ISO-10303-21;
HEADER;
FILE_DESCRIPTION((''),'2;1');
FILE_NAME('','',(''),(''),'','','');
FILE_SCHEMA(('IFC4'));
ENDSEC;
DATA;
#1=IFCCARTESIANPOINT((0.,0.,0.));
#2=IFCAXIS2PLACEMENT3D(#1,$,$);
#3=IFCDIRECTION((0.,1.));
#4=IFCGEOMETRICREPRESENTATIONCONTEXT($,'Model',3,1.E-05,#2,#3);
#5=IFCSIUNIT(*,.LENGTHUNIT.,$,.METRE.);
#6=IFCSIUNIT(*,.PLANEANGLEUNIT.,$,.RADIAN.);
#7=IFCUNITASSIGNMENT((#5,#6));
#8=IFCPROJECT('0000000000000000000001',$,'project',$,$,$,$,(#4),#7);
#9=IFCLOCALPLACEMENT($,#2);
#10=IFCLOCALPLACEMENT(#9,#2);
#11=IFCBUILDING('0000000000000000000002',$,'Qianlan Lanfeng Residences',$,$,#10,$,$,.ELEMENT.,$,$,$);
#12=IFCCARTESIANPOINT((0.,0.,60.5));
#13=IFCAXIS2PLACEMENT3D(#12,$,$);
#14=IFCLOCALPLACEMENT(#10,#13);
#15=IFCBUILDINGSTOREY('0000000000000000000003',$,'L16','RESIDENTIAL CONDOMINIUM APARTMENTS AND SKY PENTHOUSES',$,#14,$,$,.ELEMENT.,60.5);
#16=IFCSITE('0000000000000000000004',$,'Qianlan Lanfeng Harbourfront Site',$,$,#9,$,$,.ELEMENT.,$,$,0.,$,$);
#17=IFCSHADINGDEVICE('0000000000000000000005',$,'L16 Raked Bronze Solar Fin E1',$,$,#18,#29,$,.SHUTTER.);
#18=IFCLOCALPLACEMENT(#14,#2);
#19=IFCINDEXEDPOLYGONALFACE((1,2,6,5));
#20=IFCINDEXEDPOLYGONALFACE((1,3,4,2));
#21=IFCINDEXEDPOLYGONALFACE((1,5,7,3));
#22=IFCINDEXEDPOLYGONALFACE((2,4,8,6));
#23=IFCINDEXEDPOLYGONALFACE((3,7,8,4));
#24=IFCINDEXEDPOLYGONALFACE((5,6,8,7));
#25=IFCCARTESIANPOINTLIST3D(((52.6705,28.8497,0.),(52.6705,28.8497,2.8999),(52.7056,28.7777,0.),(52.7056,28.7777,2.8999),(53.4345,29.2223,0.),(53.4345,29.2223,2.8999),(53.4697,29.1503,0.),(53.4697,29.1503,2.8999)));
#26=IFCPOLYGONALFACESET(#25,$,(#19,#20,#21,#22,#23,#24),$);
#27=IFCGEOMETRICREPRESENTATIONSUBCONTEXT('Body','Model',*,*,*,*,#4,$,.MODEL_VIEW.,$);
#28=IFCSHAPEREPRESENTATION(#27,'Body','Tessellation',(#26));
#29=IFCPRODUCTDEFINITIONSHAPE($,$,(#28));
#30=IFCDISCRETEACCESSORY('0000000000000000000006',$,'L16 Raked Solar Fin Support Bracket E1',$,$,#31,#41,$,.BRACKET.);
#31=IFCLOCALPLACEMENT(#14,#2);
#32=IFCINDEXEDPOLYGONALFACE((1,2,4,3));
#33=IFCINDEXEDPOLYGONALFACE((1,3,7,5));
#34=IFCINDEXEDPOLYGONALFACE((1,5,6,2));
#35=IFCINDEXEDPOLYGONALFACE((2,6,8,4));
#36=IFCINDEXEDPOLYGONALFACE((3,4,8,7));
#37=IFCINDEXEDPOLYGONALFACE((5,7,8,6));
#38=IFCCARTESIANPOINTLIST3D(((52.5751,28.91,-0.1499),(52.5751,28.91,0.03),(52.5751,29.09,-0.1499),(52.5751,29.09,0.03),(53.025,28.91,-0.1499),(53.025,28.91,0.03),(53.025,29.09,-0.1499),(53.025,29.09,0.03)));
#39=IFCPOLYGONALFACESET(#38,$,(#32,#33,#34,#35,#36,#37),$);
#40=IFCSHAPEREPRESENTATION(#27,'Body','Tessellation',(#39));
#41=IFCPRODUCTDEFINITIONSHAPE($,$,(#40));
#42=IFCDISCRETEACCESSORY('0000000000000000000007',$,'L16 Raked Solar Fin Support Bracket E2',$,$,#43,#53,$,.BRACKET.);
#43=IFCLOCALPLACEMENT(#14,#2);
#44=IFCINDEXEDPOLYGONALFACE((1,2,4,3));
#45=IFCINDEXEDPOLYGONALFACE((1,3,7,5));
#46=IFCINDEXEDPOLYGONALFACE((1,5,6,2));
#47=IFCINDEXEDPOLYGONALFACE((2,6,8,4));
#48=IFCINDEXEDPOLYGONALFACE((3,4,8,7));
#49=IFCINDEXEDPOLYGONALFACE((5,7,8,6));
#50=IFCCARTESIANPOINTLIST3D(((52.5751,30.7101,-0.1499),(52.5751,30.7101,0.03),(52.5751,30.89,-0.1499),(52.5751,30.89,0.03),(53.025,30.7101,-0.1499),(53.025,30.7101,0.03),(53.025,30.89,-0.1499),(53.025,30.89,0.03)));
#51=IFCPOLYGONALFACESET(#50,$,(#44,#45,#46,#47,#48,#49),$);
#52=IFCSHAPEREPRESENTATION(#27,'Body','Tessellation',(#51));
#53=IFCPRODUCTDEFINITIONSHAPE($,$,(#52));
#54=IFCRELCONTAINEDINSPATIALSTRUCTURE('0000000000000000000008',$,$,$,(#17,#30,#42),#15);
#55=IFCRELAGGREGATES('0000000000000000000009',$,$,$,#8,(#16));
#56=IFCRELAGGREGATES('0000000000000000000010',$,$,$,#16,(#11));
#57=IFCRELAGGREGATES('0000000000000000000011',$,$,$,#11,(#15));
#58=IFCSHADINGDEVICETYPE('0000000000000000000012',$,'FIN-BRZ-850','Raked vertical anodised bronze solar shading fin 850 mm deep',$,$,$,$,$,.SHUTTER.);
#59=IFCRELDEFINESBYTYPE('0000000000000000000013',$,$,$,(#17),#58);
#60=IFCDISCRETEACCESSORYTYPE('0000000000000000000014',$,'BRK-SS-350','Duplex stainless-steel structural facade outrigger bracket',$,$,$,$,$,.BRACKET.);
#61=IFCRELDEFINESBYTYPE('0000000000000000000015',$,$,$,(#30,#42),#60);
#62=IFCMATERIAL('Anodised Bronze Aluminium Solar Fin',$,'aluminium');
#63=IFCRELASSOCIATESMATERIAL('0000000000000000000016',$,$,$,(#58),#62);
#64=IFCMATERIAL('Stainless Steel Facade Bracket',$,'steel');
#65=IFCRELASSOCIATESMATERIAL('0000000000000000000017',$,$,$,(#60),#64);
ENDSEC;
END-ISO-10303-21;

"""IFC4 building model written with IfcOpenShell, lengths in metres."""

from ifc_helpers import new_model, si_unit, direction, frame, origin, origin_2d, place, context, subcontext, project, spatial, rectangle, extrude, source, transform, mapped, material, type_object, element, save


model = new_model("IFC4")

# Units and contexts
model_context = context("Model", 3, precision=1e-05, world=origin(), true_north=direction((0.0, 1.0)))
body_context = subcontext(model_context, "Body", "Model", "MODEL_VIEW")
ifc_project = project(units=[si_unit("LENGTHUNIT", "METRE"), si_unit("PLANEANGLEUNIT", "RADIAN")], contexts=[model_context])

# Site, building, storey
site_placement = place(None, origin())
site = spatial("IfcSite", under=ifc_project, at=site_placement, Name="Qianlan Lanfeng Harbourfront Site", CompositionType="ELEMENT", RefElevation=0.0)
building_placement = place(site_placement, origin())
building = spatial("IfcBuilding", under=site, at=building_placement, Name="Qianlan Lanfeng Residences", CompositionType="ELEMENT")
storey_placement = place(building_placement, frame((0.0, 0.0, 60.5)))
storey = spatial("IfcBuildingStorey", under=building, at=storey_placement, Name="L16", Description="RESIDENTIAL CONDOMINIUM APARTMENTS AND SKY PENTHOUSES", CompositionType="ELEMENT", Elevation=60.5)

# Shading device
ifc_material_1 = material(Name="Anodised Bronze Aluminium Solar Fin", Category="aluminium")
shading_device_type = type_object("IfcShadingDeviceType", Name="FIN-BRZ-850", Description="Raked vertical anodised bronze solar shading fin 850 mm deep", PredefinedType="SHUTTER", material=ifc_material_1)
shared_shape_1 = source(origin(), body_context, "Body", "SweptSolid", [
    extrude(rectangle(XDim=0.8501, YDim=0.0801, at=origin_2d()), origin(), (0.0, 0.0, 1.0), 2.8999),
])
shading_device_placement = place(storey_placement, frame((53.0701, 29.0, 0.0), z_axis=(0.0, 0.0, 1.0), x_axis=(0.898794, 0.438371, 0.0)))
element("IfcShadingDevice", 1, at=shading_device_placement, inside=storey, type_object=shading_device_type, Name="L16 Raked Bronze Solar Fin E1", PredefinedType="SHUTTER", context=body_context, shape_type="MappedRepresentation", body=[
    mapped(shared_shape_1, transform((0.0, 0.0, 0.0), scale=1.0)),
])

# Discrete accessories
ifc_material_2 = material(Name="Stainless Steel Facade Bracket", Category="steel")
discrete_accessory_type = type_object("IfcDiscreteAccessoryType", Name="BRK-SS-350", Description="Duplex stainless-steel structural facade outrigger bracket", PredefinedType="BRACKET", material=ifc_material_2)
shared_shape_2 = source(origin(), body_context, "Body", "SweptSolid", [
    extrude(rectangle(XDim=0.45, YDim=0.1799, at=origin_2d()), origin(), (0.0, 0.0, 1.0), 0.1799),
])
for number, where, z_axis, x_axis, name in (
    (2, (52.8, 29.0, -0.1499), (0.0, 0.0, 1.0), (1.0, 0.0, 0.0), "L16 Raked Solar Fin Support Bracket E1"),
    (3, (52.8, 30.8, -0.1499), (0.0, 0.0, 1.0), (1.0, 0.0, 0.0), "L16 Raked Solar Fin Support Bracket E2"),
):
    element("IfcDiscreteAccessory", number, at=place(storey_placement, frame(where, z_axis=z_axis, x_axis=x_axis)), inside=storey, type_object=discrete_accessory_type, Name=name, PredefinedType="BRACKET", context=body_context, shape_type="MappedRepresentation", body=[
        mapped(shared_shape_2, transform((0.0, 0.0, 0.0), scale=1.0)),
    ])

save(model, "model.ifc")
